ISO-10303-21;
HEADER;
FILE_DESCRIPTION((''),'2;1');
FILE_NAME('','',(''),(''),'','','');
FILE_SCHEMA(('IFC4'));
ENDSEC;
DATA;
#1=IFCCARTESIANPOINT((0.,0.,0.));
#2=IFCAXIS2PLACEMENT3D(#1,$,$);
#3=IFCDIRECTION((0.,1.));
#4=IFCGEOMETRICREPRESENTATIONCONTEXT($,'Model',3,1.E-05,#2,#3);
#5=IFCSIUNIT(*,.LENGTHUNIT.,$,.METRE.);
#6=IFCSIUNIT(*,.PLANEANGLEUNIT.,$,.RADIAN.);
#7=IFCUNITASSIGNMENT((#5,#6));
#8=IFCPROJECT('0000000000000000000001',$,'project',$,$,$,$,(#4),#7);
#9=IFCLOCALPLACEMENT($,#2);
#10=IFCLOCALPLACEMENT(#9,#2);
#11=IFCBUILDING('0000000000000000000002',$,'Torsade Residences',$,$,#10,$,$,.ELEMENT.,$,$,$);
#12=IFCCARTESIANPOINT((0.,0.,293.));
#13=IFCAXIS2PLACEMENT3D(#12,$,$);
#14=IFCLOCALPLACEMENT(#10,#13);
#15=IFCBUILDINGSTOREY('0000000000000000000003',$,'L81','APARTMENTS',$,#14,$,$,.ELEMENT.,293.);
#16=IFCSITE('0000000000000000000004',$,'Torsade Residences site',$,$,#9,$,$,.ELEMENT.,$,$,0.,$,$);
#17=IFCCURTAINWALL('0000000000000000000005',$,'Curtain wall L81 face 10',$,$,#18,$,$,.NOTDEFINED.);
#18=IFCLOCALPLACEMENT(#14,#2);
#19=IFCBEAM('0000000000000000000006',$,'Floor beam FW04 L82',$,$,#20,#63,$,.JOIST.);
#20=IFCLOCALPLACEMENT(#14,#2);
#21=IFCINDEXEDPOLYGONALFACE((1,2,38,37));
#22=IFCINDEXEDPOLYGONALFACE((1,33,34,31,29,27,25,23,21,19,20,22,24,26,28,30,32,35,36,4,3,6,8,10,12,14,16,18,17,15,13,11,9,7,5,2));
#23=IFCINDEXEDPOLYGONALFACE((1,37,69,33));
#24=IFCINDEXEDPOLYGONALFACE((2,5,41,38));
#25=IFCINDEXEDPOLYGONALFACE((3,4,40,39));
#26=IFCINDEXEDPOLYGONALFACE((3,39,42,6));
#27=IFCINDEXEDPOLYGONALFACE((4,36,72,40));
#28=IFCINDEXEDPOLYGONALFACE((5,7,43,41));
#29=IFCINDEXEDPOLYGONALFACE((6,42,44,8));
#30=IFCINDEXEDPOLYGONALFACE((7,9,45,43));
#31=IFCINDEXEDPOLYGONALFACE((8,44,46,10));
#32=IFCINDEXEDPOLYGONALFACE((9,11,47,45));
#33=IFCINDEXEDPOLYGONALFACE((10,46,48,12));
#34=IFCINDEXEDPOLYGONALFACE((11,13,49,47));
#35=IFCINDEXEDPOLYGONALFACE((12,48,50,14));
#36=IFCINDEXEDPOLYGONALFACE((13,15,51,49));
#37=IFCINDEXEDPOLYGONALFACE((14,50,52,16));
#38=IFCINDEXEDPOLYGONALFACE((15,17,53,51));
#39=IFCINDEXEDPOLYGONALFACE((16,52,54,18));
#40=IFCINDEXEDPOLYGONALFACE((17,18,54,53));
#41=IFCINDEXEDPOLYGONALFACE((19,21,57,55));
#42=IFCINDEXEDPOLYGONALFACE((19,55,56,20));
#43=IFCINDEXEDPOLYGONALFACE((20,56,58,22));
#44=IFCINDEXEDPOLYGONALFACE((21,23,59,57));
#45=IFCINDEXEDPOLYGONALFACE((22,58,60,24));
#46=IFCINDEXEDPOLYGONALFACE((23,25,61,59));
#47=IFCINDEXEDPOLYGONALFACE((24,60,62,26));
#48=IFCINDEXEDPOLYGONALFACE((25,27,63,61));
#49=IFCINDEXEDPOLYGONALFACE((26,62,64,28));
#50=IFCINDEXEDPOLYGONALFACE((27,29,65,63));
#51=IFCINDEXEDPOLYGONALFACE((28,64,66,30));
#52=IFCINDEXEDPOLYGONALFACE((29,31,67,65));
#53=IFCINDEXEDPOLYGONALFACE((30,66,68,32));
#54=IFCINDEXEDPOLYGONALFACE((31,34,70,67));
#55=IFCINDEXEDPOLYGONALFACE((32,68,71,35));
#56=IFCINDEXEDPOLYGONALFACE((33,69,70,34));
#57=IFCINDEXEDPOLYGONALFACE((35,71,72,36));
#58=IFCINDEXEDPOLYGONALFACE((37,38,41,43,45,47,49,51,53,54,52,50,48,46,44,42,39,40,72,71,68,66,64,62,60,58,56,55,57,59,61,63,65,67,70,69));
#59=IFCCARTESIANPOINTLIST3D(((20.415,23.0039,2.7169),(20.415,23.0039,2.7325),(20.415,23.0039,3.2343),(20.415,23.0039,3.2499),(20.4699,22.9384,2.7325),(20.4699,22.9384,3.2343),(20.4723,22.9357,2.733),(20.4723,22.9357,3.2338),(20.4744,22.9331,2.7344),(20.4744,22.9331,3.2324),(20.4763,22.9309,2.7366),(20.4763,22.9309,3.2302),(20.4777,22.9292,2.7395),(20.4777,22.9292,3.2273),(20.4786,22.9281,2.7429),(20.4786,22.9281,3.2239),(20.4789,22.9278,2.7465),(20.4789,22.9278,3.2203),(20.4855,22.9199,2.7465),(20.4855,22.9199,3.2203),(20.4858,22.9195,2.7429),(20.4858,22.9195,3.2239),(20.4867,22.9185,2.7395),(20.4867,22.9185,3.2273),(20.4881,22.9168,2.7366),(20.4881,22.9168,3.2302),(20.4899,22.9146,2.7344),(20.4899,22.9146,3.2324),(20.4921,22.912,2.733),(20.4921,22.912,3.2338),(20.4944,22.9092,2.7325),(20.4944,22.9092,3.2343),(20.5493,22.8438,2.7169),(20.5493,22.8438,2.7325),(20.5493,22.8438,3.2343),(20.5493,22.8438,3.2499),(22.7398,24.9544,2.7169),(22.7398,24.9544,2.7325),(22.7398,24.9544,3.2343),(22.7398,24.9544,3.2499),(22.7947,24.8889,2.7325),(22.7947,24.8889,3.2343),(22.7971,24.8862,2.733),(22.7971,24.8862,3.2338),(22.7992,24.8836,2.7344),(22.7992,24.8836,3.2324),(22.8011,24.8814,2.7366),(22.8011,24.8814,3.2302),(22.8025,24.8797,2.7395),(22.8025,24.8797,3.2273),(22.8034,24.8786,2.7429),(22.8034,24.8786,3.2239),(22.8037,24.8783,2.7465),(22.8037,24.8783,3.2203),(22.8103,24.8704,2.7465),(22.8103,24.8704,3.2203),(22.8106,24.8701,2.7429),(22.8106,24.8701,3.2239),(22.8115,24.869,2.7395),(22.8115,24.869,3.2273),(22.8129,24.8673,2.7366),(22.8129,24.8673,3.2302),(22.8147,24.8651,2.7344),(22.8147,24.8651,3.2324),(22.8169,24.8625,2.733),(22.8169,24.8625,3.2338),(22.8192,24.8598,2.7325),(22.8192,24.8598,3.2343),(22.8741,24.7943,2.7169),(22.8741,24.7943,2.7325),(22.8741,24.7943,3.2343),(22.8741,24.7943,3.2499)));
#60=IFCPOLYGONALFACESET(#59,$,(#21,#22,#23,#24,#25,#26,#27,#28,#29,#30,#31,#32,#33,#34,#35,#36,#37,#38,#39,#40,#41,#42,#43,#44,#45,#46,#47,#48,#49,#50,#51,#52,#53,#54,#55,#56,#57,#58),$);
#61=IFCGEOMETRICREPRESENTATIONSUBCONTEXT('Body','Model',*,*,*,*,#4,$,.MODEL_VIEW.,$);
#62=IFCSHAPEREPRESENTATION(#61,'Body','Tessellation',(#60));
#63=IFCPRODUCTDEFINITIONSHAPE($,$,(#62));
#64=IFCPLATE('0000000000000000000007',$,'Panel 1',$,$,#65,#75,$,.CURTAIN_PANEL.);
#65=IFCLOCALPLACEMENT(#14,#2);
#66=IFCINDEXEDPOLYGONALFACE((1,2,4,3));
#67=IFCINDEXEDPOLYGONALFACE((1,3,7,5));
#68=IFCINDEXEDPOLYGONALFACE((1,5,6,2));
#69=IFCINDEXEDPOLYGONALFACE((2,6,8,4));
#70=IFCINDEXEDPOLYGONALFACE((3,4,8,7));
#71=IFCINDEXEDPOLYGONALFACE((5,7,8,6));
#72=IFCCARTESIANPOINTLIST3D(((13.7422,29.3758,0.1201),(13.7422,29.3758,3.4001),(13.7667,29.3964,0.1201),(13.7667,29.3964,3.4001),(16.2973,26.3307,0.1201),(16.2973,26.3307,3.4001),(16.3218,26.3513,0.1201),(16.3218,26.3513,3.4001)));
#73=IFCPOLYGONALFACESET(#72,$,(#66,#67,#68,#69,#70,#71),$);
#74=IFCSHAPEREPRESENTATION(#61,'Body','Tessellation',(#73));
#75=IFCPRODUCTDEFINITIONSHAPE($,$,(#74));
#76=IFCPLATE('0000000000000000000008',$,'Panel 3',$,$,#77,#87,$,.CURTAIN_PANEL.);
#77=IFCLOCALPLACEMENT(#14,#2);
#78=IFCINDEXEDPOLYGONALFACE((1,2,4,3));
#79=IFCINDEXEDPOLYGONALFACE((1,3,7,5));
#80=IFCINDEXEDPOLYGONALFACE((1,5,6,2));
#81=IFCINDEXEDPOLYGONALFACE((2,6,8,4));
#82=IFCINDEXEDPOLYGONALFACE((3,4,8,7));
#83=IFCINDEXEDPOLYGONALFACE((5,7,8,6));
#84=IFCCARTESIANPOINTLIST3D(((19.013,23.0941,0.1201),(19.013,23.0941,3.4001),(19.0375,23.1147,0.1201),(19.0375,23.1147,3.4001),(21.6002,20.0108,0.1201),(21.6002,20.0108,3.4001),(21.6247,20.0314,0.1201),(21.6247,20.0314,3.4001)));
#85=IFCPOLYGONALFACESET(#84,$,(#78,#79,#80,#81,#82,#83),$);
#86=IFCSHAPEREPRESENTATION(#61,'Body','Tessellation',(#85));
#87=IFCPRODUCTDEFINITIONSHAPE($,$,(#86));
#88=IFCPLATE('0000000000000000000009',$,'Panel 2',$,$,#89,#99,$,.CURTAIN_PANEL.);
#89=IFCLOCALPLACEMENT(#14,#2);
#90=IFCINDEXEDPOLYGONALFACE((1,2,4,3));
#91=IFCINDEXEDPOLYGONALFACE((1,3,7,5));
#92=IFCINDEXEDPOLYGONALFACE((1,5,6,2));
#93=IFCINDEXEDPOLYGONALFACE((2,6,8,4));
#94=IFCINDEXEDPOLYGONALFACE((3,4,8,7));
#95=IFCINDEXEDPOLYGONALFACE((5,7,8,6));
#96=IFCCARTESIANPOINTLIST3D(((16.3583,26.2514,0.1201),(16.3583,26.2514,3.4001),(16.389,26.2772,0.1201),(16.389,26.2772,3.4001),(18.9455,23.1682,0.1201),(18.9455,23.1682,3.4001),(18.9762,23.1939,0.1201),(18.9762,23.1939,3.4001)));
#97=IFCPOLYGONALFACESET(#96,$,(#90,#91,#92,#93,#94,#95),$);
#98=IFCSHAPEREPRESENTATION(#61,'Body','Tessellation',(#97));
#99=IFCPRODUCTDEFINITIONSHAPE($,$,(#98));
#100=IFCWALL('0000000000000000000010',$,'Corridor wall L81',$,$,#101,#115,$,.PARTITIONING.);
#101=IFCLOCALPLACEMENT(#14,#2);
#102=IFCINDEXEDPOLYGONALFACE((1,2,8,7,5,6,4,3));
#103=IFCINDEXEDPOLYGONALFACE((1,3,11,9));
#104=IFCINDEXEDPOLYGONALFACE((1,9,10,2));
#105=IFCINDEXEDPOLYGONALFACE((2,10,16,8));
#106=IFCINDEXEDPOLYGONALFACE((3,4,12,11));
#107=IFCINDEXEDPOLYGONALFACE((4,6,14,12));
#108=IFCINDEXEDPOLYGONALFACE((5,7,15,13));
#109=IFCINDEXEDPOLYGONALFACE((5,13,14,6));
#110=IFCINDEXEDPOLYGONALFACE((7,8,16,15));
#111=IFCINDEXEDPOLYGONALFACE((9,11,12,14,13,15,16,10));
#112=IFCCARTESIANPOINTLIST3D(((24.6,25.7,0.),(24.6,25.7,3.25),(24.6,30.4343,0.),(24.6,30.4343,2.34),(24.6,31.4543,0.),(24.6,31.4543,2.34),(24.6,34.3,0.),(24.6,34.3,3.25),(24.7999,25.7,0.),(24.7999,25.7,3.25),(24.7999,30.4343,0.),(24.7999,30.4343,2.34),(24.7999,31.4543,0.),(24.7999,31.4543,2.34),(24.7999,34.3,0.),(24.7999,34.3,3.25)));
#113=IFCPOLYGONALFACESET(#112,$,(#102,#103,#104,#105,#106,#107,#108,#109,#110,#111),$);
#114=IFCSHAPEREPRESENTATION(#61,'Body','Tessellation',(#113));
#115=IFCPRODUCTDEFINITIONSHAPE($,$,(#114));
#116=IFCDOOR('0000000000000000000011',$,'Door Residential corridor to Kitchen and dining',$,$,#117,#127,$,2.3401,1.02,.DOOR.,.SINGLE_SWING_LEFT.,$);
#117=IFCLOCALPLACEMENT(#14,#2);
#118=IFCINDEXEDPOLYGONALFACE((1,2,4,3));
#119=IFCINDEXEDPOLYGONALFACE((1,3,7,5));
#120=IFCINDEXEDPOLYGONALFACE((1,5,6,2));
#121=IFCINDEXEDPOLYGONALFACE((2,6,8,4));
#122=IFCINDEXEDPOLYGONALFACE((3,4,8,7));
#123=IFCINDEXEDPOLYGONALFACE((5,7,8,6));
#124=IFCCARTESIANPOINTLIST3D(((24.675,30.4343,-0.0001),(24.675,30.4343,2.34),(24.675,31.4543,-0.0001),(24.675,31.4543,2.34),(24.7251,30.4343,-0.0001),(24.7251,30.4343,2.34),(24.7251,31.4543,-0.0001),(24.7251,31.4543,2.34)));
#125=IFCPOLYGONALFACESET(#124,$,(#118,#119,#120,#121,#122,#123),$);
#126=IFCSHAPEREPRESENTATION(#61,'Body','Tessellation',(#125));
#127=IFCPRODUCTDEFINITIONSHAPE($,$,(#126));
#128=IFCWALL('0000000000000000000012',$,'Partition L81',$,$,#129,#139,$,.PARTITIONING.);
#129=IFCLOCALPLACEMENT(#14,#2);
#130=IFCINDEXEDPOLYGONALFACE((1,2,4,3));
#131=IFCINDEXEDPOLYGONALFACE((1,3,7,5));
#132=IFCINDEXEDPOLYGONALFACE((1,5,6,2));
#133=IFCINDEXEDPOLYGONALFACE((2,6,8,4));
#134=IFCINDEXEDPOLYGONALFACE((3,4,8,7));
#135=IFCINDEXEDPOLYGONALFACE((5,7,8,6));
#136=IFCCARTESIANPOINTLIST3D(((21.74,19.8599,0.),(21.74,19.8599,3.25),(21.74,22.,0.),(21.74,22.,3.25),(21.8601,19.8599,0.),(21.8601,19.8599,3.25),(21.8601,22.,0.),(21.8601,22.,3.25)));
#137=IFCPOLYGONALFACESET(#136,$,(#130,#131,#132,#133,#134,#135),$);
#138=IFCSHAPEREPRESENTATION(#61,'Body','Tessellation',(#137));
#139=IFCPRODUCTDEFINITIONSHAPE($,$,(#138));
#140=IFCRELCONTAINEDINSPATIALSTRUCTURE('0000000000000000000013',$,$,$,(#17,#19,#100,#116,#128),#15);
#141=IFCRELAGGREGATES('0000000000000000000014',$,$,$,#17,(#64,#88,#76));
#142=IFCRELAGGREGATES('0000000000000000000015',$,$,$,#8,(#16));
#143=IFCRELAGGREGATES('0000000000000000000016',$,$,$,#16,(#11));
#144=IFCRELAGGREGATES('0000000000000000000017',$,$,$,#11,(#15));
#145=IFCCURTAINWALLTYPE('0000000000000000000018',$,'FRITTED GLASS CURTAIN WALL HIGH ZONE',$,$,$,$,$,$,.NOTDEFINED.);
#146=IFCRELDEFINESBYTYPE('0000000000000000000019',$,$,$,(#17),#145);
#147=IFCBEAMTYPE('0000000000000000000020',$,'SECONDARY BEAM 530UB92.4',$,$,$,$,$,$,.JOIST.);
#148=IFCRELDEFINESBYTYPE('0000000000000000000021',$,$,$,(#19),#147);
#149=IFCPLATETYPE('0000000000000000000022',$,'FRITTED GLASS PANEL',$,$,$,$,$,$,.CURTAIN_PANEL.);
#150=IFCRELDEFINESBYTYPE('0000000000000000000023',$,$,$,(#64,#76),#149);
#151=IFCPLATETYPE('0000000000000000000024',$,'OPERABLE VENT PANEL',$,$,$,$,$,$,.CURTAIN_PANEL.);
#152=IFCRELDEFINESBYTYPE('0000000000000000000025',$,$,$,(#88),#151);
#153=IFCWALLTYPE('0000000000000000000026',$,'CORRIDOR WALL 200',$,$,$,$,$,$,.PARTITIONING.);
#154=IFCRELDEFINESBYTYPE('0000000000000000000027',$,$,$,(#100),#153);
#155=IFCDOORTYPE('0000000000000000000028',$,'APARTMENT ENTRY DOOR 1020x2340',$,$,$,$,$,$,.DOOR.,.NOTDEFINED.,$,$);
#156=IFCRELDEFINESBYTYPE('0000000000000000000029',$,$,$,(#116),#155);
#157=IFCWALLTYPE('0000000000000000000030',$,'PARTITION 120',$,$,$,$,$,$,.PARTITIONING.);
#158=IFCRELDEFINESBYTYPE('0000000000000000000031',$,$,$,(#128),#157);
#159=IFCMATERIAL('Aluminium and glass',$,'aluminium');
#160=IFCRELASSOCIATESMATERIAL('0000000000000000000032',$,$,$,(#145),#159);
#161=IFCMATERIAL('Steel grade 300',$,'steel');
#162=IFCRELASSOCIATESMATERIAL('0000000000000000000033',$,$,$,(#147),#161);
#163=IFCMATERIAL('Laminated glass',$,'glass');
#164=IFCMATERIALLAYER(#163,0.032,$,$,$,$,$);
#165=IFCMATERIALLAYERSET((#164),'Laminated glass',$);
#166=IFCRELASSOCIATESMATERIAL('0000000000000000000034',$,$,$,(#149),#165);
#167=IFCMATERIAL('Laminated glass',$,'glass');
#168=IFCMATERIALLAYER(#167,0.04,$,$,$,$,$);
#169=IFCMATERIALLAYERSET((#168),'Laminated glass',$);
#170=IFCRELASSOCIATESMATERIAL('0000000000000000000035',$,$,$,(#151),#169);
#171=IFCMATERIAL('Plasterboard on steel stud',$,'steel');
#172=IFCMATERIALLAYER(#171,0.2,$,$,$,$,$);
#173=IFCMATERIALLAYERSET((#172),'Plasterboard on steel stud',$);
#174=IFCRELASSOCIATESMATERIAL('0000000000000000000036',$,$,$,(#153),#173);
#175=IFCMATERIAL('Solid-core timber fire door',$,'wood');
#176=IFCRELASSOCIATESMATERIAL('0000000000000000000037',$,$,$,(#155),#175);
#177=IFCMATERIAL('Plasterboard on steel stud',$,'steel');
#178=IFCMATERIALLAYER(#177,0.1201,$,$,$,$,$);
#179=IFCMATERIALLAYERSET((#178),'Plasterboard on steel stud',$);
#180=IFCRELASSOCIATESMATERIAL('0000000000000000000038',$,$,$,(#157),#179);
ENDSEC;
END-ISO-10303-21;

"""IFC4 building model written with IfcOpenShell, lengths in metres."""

from ifc_helpers import new_model, si_unit, direction, frame, frame_2d, origin, origin_2d, place, context, subcontext, project, spatial, rectangle, i_section, extrude, material, layer, layer_set, material_profile, profile_set, type_object, element, fill, aggregate, save


model = new_model("IFC4")

# Units and contexts
model_context = context("Model", 3, precision=1e-05, world=origin(), true_north=direction((0.0, 1.0)))
body_context = subcontext(model_context, "Body", "Model", "MODEL_VIEW")
ifc_project = project(units=[si_unit("LENGTHUNIT", "METRE"), si_unit("PLANEANGLEUNIT", "RADIAN")], contexts=[model_context])

# Site, building, storey
site_placement = place(None, origin())
site = spatial("IfcSite", under=ifc_project, at=site_placement, Name="Torsade Residences site", CompositionType="ELEMENT", RefElevation=0.0)
building_placement = place(site_placement, origin())
building = spatial("IfcBuilding", under=site, at=building_placement, Name="Torsade Residences", CompositionType="ELEMENT")
storey_placement = place(building_placement, frame((0.0, 0.0, 293.0)))
storey = spatial("IfcBuildingStorey", under=building, at=storey_placement, Name="L81", Description="APARTMENTS", CompositionType="ELEMENT", Elevation=293.0)

# Curtain wall
ifc_material_1 = material(Name="Aluminium and glass", Category="aluminium")
curtain_wall_type = type_object("IfcCurtainWallType", Name="FRITTED GLASS CURTAIN WALL HIGH ZONE", PredefinedType="NOTDEFINED", material=ifc_material_1)
curtain_wall_placement = place(storey_placement, origin())
curtain_wall = element("IfcCurtainWall", 1, at=curtain_wall_placement, inside=storey, type_object=curtain_wall_type, Name="Curtain wall L81 face 10", PredefinedType="NOTDEFINED")

# Beam
ifc_material_2 = material(Name="Steel grade 300", Category="steel")
ifc_material_profile_1 = material_profile(ifc_material_2, i_section(OverallWidth=0.209, OverallDepth=0.533, WebThickness=0.0103, FlangeThickness=0.0156, FilletRadius=0.0139, at=origin_2d()), Name="530UB92.4")
ifc_profile_set_1 = profile_set([ifc_material_profile_1], Name="Steel grade 300")
beam_type_1 = type_object("IfcBeamType", Name="SECONDARY BEAM 530UB92.4", PredefinedType="JOIST", material=ifc_profile_set_1)
beam_1_placement = place(storey_placement, frame((20.4822, 22.9238, 2.9834), z_axis=(0.76608, 0.642745, 0.0), x_axis=(-0.642745, 0.76608, 0.0)))
element("IfcBeam", 2, at=beam_1_placement, inside=storey, type_object=beam_type_1, Name="Floor beam FW04 L82", PredefinedType="JOIST", context=body_context, shape_type="SweptSolid", body=[
    extrude(i_section(OverallWidth=0.209, OverallDepth=0.533, WebThickness=0.0103, FlangeThickness=0.0156, FilletRadius=0.0139, at=origin_2d()), origin(), (0.0, 0.0, 1.0), 3.0347),
])

# Plates
ifc_material_3 = material(Name="Laminated glass", Category="glass")
ifc_layer_1 = layer(ifc_material_3, 0.032)
ifc_layer_set_1 = layer_set([ifc_layer_1], Name="Laminated glass")
plate_type_1 = type_object("IfcPlateType", Name="FRITTED GLASS PANEL", PredefinedType="CURTAIN_PANEL", material=ifc_layer_set_1)
plate_1_placement = place(storey_placement, frame((15.032, 27.8635, 0.1201), z_axis=(0.0, 0.0, 1.0), x_axis=(0.642788, -0.766044, 0.0)))
plate_1 = element("IfcPlate", 3, at=plate_1_placement, type_object=plate_type_1, Name="Panel 1", PredefinedType="CURTAIN_PANEL", context=body_context, shape_type="SweptSolid", body=[
    extrude(rectangle(XDim=3.9751, YDim=0.032, at=origin_2d()), origin(), (0.0, 0.0, 1.0), 3.28),
])
plate_2_placement = place(storey_placement, frame((20.3188, 21.5627, 0.1201), z_axis=(0.0, 0.0, 1.0), x_axis=(0.642788, -0.766044, 0.0)))
plate_2 = element("IfcPlate", 4, at=plate_2_placement, type_object=plate_type_1, Name="Panel 3", PredefinedType="CURTAIN_PANEL", context=body_context, shape_type="SweptSolid", body=[
    extrude(rectangle(XDim=4.0249, YDim=0.032, at=origin_2d()), origin(), (0.0, 0.0, 1.0), 3.28),
])
ifc_material_4 = material(Name="Laminated glass", Category="glass")
ifc_layer_2 = layer(ifc_material_4, 0.04)
ifc_layer_set_2 = layer_set([ifc_layer_2], Name="Laminated glass")
plate_type_2 = type_object("IfcPlateType", Name="OPERABLE VENT PANEL", PredefinedType="CURTAIN_PANEL", material=ifc_layer_set_2)
plate_3_placement = place(storey_placement, frame((17.6672, 24.7227, 0.1201), z_axis=(0.0, 0.0, 1.0), x_axis=(0.642788, -0.766044, 0.0)))
plate_3 = element("IfcPlate", 5, at=plate_3_placement, type_object=plate_type_2, Name="Panel 2", PredefinedType="CURTAIN_PANEL", context=body_context, shape_type="SweptSolid", body=[
    extrude(rectangle(XDim=4.0249, YDim=0.04, at=origin_2d()), origin(), (0.0, 0.0, 1.0), 3.28),
])
aggregate(curtain_wall, [plate_1, plate_3, plate_2])

# Wall, opening, door
ifc_material_5 = material(Name="Plasterboard on steel stud", Category="steel")
ifc_layer_3 = layer(ifc_material_5, 0.2)
ifc_layer_set_3 = layer_set([ifc_layer_3], Name="Plasterboard on steel stud")
wall_type_1 = type_object("IfcWallType", Name="CORRIDOR WALL 200", PredefinedType="PARTITIONING", material=ifc_layer_set_3)
wall_1_placement = place(storey_placement, frame((24.7, 25.7, 0.0), z_axis=(0.0, 0.0, 1.0), x_axis=(0.0, 1.0, 0.0)))
wall_1 = element("IfcWall", 6, at=wall_1_placement, inside=storey, type_object=wall_type_1, Name="Corridor wall L81", PredefinedType="PARTITIONING", context=body_context, shape_type="SweptSolid", body=[
    extrude(rectangle(XDim=8.6001, YDim=0.2, at=frame_2d((4.3, 0.0))), origin(), (0.0, 0.0, 1.0), 3.25),
])
opening_1_placement = place(wall_1_placement, frame((4.7344, 0.0, 0.0)))
opening_1 = element("IfcOpeningElement", 7, at=opening_1_placement, cuts=wall_1, PredefinedType="OPENING", context=body_context, shape_type="SweptSolid", body=[
    extrude(rectangle(XDim=1.02, YDim=2.3401, at=frame_2d((0.51, 1.1699))), frame((0.0, 0.1099, 0.0), z_axis=(0.0, -1.0, 0.0), x_axis=(1.0, 0.0, 0.0)), (0.0, 0.0, 1.0), 0.22),
])
ifc_material_6 = material(Name="Solid-core timber fire door", Category="wood")
door_type_1 = type_object("IfcDoorType", Name="APARTMENT ENTRY DOOR 1020x2340", OperationType="NOTDEFINED", PredefinedType="DOOR", material=ifc_material_6)
door_1_placement = place(opening_1_placement, origin())
door_1 = element("IfcDoor", 8, at=door_1_placement, inside=storey, type_object=door_type_1, Name="Door Residential corridor to Kitchen and dining", OperationType="SINGLE_SWING_LEFT", OverallHeight=2.3401, OverallWidth=1.02, PredefinedType="DOOR", context=body_context, shape_type="SweptSolid", body=[
    extrude(rectangle(XDim=1.02, YDim=2.3401, at=frame_2d((0.51, 1.1699))), frame((0.0, 0.0249, 0.0), z_axis=(0.0, -1.0, 0.0), x_axis=(1.0, 0.0, 0.0)), (0.0, 0.0, 1.0), 0.05),
])
fill(opening_1, door_1)

# Wall
ifc_material_7 = material(Name="Plasterboard on steel stud", Category="steel")
ifc_layer_4 = layer(ifc_material_7, 0.1201)
ifc_layer_set_4 = layer_set([ifc_layer_4], Name="Plasterboard on steel stud")
wall_type_2 = type_object("IfcWallType", Name="PARTITION 120", PredefinedType="PARTITIONING", material=ifc_layer_set_4)
wall_2_placement = place(storey_placement, frame((21.8, 22.0, 0.0), z_axis=(0.0, 0.0, 1.0), x_axis=(0.0, -1.0, 0.0)))
element("IfcWall", 9, at=wall_2_placement, inside=storey, type_object=wall_type_2, Name="Partition L81", PredefinedType="PARTITIONING", context=body_context, shape_type="SweptSolid", body=[
    extrude(rectangle(XDim=2.1401, YDim=0.1201, at=frame_2d((1.0701, 0.0))), origin(), (0.0, 0.0, 1.0), 3.25),
])

save(model, "model.ifc")
